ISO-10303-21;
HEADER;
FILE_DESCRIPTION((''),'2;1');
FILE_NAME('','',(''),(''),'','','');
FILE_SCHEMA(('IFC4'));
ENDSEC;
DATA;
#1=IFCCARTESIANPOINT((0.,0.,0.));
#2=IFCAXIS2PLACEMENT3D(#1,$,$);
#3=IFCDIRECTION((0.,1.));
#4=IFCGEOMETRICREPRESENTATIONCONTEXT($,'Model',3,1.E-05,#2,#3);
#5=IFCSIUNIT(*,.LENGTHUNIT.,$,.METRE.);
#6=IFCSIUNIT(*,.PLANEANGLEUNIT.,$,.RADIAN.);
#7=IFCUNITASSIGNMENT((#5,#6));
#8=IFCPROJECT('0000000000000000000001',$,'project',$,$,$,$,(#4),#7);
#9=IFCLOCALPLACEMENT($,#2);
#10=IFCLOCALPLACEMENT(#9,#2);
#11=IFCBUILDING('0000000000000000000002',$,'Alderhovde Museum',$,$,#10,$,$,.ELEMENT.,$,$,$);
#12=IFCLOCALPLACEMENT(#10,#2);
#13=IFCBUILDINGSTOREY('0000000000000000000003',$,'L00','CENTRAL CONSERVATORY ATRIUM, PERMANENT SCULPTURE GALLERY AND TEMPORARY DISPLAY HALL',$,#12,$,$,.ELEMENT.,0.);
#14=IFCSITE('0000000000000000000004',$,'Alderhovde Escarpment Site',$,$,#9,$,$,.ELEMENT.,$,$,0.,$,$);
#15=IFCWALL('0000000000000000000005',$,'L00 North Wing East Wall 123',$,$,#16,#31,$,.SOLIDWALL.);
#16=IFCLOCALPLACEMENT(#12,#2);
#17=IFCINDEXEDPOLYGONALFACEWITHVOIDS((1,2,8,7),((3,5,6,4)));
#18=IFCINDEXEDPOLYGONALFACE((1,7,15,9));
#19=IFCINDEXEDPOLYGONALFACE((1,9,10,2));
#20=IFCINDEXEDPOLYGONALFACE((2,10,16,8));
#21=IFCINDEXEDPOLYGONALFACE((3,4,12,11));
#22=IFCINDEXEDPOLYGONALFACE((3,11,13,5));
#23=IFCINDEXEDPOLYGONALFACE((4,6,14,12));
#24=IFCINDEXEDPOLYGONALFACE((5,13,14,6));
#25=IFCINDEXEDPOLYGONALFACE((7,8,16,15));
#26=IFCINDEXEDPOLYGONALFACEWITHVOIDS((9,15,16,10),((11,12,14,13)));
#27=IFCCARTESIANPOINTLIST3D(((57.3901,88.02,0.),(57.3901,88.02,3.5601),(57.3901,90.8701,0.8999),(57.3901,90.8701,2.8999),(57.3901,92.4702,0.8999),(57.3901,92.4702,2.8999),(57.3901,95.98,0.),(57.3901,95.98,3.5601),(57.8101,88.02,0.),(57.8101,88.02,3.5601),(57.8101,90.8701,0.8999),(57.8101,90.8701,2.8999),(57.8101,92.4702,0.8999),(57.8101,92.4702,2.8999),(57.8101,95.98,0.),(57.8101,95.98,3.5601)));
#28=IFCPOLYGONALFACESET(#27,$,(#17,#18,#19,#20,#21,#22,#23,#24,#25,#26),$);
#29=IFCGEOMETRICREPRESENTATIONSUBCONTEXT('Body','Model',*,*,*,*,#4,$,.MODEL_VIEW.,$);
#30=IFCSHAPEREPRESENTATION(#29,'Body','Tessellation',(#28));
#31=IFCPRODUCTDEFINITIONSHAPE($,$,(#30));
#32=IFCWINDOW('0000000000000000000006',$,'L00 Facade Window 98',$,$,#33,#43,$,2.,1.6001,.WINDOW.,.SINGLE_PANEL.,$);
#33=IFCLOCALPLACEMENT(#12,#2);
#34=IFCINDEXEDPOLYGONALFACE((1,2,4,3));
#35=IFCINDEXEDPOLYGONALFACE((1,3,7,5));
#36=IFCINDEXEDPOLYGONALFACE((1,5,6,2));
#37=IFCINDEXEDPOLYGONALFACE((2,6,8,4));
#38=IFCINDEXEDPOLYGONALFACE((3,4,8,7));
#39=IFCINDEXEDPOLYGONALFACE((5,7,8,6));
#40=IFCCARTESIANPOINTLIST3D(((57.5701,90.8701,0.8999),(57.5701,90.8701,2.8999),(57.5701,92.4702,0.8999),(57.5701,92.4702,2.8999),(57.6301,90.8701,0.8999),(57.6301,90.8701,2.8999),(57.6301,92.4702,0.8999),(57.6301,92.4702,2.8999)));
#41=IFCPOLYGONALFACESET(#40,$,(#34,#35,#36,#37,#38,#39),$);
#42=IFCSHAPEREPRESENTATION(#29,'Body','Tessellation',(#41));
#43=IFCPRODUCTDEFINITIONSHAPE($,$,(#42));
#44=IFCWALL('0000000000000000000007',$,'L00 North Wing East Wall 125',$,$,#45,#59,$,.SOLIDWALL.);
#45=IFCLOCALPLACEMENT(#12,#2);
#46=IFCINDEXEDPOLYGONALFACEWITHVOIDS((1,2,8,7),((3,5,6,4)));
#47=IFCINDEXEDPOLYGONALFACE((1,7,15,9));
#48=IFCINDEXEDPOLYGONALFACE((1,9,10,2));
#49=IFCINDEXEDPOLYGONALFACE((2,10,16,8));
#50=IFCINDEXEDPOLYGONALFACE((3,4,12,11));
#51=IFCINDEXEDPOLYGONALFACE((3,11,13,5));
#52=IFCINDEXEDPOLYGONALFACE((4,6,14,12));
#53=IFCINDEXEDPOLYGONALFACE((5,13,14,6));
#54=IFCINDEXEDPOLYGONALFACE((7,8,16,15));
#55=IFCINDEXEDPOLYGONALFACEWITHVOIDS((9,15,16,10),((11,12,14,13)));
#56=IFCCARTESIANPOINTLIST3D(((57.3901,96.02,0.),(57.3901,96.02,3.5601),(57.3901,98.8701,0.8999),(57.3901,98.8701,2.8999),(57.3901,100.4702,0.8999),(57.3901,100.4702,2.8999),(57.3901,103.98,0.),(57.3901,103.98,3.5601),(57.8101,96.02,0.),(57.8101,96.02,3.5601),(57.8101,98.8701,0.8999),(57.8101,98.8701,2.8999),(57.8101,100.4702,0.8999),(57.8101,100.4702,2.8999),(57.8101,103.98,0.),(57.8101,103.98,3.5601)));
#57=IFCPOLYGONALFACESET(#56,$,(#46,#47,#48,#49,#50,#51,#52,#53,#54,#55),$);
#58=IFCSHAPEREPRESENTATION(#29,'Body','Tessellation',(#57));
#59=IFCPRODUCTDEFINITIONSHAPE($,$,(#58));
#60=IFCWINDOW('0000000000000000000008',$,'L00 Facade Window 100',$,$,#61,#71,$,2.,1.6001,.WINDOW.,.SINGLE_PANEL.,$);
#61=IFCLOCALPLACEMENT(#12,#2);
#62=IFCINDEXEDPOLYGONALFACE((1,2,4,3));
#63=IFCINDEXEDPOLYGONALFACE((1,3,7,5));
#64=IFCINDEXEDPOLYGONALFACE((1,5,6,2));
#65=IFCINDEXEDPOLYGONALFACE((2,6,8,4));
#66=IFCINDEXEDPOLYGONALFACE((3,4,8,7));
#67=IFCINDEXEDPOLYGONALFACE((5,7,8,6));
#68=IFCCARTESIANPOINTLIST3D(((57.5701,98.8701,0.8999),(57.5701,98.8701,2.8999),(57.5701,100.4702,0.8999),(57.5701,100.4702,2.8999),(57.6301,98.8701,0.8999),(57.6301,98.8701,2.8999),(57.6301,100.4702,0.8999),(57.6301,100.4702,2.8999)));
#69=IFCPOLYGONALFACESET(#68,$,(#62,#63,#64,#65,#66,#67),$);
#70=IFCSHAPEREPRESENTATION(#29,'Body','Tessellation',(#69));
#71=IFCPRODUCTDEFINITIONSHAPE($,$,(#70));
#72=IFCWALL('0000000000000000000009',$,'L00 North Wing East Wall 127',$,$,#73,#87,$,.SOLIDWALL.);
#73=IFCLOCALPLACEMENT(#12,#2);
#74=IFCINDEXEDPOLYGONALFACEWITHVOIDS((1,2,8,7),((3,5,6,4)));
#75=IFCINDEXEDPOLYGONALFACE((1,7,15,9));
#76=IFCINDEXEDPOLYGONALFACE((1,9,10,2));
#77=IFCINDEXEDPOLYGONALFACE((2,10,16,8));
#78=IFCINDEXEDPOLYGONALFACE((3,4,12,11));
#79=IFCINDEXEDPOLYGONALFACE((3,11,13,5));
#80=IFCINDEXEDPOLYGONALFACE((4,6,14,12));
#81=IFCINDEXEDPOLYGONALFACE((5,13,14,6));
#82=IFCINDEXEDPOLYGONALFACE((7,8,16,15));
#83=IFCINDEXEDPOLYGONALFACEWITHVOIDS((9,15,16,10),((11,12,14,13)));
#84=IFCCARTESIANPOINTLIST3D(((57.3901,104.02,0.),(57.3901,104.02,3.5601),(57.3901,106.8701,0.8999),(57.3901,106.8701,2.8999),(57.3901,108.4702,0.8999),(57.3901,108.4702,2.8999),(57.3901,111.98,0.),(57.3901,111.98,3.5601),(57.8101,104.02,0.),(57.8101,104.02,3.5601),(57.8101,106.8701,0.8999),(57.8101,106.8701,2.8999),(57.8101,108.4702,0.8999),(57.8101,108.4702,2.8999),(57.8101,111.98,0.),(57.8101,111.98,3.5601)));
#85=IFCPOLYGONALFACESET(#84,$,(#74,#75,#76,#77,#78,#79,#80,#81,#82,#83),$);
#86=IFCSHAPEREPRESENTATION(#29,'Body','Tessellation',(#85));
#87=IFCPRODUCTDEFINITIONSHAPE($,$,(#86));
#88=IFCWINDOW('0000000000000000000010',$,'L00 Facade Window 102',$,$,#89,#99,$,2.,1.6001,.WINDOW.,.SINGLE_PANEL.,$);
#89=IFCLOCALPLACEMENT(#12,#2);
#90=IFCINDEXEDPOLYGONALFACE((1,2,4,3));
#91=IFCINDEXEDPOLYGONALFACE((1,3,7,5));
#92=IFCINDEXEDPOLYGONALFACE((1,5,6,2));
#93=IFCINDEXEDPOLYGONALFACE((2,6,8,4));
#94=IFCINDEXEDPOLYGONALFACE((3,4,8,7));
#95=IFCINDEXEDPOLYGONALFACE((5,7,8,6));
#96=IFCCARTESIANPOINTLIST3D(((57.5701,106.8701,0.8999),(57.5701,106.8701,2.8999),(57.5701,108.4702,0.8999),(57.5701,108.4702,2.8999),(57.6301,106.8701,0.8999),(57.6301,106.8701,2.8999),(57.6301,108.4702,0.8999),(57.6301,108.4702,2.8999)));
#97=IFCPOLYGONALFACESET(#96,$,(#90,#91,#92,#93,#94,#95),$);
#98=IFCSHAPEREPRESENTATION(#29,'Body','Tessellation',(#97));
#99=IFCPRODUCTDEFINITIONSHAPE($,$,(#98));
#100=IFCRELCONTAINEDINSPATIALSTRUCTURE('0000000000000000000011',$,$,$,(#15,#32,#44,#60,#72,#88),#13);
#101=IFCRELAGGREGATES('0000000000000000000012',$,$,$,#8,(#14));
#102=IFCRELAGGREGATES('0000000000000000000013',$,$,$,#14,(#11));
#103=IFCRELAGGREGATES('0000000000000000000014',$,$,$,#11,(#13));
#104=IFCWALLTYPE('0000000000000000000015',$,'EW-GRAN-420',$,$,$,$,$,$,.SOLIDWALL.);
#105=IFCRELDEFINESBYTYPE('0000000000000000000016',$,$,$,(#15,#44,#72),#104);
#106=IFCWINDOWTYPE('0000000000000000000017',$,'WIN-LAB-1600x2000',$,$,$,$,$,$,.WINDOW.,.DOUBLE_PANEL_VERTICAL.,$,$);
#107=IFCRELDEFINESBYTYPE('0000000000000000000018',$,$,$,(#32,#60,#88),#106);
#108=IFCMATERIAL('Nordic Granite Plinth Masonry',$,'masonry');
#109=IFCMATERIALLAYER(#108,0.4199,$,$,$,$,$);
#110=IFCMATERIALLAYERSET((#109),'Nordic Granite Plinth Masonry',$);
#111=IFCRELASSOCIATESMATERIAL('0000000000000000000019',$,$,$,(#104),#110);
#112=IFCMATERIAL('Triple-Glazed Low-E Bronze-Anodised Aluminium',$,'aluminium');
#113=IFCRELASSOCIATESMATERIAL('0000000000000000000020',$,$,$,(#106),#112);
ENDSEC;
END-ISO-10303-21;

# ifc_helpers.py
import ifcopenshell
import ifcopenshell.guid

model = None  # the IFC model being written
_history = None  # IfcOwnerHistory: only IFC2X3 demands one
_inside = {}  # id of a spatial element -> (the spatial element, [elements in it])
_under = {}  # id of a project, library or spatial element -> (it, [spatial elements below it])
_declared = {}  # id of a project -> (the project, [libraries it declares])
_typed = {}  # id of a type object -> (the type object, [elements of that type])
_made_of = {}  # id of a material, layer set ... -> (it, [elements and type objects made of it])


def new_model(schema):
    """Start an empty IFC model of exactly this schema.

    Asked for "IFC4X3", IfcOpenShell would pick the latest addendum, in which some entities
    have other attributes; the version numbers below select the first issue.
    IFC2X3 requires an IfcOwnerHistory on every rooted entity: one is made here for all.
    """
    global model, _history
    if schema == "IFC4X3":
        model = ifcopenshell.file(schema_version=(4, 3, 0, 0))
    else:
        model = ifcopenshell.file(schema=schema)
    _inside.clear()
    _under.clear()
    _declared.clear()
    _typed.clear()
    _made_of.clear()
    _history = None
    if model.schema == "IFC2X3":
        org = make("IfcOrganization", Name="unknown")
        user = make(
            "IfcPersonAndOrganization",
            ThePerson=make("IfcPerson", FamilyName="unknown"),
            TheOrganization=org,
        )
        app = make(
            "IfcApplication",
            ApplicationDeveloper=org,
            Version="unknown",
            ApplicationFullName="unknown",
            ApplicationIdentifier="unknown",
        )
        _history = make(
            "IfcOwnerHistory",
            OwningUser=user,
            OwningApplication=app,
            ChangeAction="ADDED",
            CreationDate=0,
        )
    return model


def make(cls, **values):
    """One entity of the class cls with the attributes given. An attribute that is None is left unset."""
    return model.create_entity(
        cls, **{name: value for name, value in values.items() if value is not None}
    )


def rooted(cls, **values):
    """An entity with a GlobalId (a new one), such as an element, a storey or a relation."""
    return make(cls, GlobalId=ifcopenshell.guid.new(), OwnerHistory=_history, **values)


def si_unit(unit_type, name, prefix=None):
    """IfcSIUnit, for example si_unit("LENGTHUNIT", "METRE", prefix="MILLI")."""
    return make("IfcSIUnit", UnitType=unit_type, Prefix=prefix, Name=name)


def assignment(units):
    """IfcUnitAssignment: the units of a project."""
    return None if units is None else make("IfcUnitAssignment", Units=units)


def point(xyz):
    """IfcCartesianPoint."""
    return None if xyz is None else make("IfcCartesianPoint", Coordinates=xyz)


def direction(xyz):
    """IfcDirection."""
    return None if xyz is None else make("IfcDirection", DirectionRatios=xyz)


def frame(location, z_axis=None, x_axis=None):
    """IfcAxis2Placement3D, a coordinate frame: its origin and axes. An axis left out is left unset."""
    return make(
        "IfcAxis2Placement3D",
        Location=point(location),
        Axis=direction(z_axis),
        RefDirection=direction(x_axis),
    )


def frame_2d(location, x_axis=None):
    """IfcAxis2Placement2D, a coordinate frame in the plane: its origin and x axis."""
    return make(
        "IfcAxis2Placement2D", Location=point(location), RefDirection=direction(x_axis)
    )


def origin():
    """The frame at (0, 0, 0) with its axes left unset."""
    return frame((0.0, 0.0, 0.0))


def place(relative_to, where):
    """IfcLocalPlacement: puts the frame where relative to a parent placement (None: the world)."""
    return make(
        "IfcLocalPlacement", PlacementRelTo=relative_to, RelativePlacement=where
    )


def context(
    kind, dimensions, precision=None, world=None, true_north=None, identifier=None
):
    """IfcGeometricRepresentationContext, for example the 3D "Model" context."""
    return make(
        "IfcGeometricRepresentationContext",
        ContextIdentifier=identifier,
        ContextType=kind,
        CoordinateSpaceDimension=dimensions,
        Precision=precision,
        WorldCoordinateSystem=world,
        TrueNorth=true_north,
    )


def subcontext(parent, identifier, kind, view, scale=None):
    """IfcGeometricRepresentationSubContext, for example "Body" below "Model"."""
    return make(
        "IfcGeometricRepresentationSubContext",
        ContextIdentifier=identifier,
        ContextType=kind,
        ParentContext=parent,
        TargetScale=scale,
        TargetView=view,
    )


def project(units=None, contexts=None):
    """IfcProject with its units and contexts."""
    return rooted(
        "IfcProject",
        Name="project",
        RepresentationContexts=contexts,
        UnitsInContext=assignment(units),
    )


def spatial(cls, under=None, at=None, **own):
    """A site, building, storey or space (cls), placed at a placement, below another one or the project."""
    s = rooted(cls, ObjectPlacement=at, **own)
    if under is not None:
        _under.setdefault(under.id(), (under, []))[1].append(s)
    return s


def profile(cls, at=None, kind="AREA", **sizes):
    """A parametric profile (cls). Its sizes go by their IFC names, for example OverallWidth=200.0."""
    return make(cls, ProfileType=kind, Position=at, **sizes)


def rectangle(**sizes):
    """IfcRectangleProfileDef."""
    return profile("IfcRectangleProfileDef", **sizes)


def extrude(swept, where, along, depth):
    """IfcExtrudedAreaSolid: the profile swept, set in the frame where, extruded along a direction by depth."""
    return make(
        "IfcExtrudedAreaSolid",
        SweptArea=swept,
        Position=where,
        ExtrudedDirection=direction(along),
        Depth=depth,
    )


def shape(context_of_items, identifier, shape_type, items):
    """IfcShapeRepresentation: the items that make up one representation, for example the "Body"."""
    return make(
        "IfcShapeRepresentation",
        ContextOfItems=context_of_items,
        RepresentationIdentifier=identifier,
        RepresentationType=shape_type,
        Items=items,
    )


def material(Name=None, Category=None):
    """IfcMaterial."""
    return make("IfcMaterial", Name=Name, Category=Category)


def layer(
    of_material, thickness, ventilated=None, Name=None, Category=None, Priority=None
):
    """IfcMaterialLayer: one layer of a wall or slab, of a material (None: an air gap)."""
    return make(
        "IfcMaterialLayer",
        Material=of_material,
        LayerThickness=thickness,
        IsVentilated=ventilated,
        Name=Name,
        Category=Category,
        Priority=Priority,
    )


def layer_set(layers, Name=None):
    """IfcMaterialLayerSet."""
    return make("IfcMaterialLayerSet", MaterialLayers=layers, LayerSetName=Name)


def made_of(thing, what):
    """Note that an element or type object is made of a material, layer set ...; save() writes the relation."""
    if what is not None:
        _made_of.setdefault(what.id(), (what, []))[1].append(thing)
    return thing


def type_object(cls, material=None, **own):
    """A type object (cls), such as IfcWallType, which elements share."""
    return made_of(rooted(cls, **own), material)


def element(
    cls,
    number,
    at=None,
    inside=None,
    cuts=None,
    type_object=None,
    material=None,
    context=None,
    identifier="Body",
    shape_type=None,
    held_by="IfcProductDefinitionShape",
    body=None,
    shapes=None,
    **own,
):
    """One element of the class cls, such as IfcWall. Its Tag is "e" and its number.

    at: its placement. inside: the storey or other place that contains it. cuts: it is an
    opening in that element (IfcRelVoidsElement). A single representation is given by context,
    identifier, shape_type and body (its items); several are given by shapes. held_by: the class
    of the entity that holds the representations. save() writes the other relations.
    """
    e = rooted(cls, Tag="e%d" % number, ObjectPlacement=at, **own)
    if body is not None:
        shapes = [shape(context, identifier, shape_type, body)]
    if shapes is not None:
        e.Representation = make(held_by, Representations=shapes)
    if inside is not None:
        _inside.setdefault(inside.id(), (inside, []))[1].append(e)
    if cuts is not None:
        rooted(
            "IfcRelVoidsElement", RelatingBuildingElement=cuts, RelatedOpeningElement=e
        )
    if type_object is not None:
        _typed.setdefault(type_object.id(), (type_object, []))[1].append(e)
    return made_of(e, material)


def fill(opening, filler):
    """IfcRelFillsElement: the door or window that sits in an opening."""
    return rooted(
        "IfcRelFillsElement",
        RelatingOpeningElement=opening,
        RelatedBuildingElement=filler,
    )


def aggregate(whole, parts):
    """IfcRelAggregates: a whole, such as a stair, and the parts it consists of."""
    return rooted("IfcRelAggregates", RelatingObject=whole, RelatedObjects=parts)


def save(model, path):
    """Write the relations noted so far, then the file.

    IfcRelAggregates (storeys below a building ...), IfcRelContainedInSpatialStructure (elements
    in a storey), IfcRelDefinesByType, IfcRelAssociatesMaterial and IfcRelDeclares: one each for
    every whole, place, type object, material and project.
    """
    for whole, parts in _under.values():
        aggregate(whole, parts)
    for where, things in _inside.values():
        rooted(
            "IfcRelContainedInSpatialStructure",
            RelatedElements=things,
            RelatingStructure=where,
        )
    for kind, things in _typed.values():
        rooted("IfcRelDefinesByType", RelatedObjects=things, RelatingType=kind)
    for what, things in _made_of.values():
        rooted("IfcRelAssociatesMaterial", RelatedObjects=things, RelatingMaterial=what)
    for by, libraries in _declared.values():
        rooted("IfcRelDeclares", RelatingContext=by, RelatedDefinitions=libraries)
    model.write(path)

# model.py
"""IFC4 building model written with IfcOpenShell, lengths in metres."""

from ifc_helpers import new_model, si_unit, direction, frame, frame_2d, origin, place, context, subcontext, project, spatial, rectangle, extrude, material, layer, layer_set, type_object, element, fill, save


model = new_model("IFC4")

# Units and contexts
model_context = context("Model", 3, precision=1e-05, world=origin(), true_north=direction((0.0, 1.0)))
body_context = subcontext(model_context, "Body", "Model", "MODEL_VIEW")
ifc_project = project(units=[si_unit("LENGTHUNIT", "METRE"), si_unit("PLANEANGLEUNIT", "RADIAN")], contexts=[model_context])

# Site, building, storey
site_placement = place(None, origin())
site = spatial("IfcSite", under=ifc_project, at=site_placement, Name="Alderhovde Escarpment Site", CompositionType="ELEMENT", RefElevation=0.0)
building_placement = place(site_placement, origin())
building = spatial("IfcBuilding", under=site, at=building_placement, Name="Alderhovde Museum", CompositionType="ELEMENT")
storey_placement = place(building_placement, origin())
storey = spatial("IfcBuildingStorey", under=building, at=storey_placement, Name="L00", Description="CENTRAL CONSERVATORY ATRIUM, PERMANENT SCULPTURE GALLERY AND TEMPORARY DISPLAY HALL", CompositionType="ELEMENT", Elevation=0.0)

# Walls, openings, windows
ifc_material_1 = material(Name="Nordic Granite Plinth Masonry", Category="masonry")
ifc_layer_1 = layer(ifc_material_1, 0.4199)
ifc_layer_set_1 = layer_set([ifc_layer_1], Name="Nordic Granite Plinth Masonry")
wall_type = type_object("IfcWallType", Name="EW-GRAN-420", PredefinedType="SOLIDWALL", material=ifc_layer_set_1)
wall_1_placement = place(storey_placement, frame((57.6001, 88.02, 0.0), z_axis=(0.0, 0.0, 1.0), x_axis=(0.0, 1.0, 0.0)))
wall_1 = element("IfcWall", 1, at=wall_1_placement, inside=storey, type_object=wall_type, Name="L00 North Wing East Wall 123", PredefinedType="SOLIDWALL", context=body_context, shape_type="SweptSolid", body=[
    extrude(rectangle(XDim=7.96, YDim=0.4199, at=frame_2d((3.98, 0.0))), origin(), (0.0, 0.0, 1.0), 3.5601),
])
opening_1_placement = place(wall_1_placement, frame((2.8501, 0.0, 0.8999)))
opening_1 = element("IfcOpeningElement", 2, at=opening_1_placement, cuts=wall_1, PredefinedType="OPENING", context=body_context, shape_type="SweptSolid", body=[
    extrude(rectangle(XDim=1.6001, YDim=2.0, at=frame_2d((0.8, 1.0))), frame((0.0, 0.22, 0.0), z_axis=(0.0, -1.0, 0.0), x_axis=(1.0, 0.0, 0.0)), (0.0, 0.0, 1.0), 0.4399),
])
ifc_material_2 = material(Name="Triple-Glazed Low-E Bronze-Anodised Aluminium", Category="aluminium")
window_type = type_object("IfcWindowType", Name="WIN-LAB-1600x2000", PartitioningType="DOUBLE_PANEL_VERTICAL", PredefinedType="WINDOW", material=ifc_material_2)
window_1_placement = place(opening_1_placement, origin())
window_1 = element("IfcWindow", 3, at=window_1_placement, inside=storey, type_object=window_type, Name="L00 Facade Window 98", OverallHeight=2.0, OverallWidth=1.6001, PartitioningType="SINGLE_PANEL", PredefinedType="WINDOW", context=body_context, shape_type="SweptSolid", body=[
    extrude(rectangle(XDim=1.6001, YDim=2.0, at=frame_2d((0.8, 1.0))), frame((0.0, 0.03, 0.0), z_axis=(0.0, -1.0, 0.0), x_axis=(1.0, 0.0, 0.0)), (0.0, 0.0, 1.0), 0.0601),
])
fill(opening_1, window_1)
wall_2_placement = place(storey_placement, frame((57.6001, 96.02, 0.0), z_axis=(0.0, 0.0, 1.0), x_axis=(0.0, 1.0, 0.0)))
wall_2 = element("IfcWall", 4, at=wall_2_placement, inside=storey, type_object=wall_type, Name="L00 North Wing East Wall 125", PredefinedType="SOLIDWALL", context=body_context, shape_type="SweptSolid", body=[
    extrude(rectangle(XDim=7.96, YDim=0.4199, at=frame_2d((3.98, 0.0))), origin(), (0.0, 0.0, 1.0), 3.5601),
])
opening_2_placement = place(wall_2_placement, frame((2.8501, 0.0, 0.8999)))
opening_2 = element("IfcOpeningElement", 5, at=opening_2_placement, cuts=wall_2, PredefinedType="OPENING", context=body_context, shape_type="SweptSolid", body=[
    extrude(rectangle(XDim=1.6001, YDim=2.0, at=frame_2d((0.8, 1.0))), frame((0.0, 0.22, 0.0), z_axis=(0.0, -1.0, 0.0), x_axis=(1.0, 0.0, 0.0)), (0.0, 0.0, 1.0), 0.4399),
])
window_2_placement = place(opening_2_placement, origin())
window_2 = element("IfcWindow", 6, at=window_2_placement, inside=storey, type_object=window_type, Name="L00 Facade Window 100", OverallHeight=2.0, OverallWidth=1.6001, PartitioningType="SINGLE_PANEL", PredefinedType="WINDOW", context=body_context, shape_type="SweptSolid", body=[
    extrude(rectangle(XDim=1.6001, YDim=2.0, at=frame_2d((0.8, 1.0))), frame((0.0, 0.03, 0.0), z_axis=(0.0, -1.0, 0.0), x_axis=(1.0, 0.0, 0.0)), (0.0, 0.0, 1.0), 0.0601),
])
fill(opening_2, window_2)
wall_3_placement = place(storey_placement, frame((57.6001, 104.02, 0.0), z_axis=(0.0, 0.0, 1.0), x_axis=(0.0, 1.0, 0.0)))
wall_3 = element("IfcWall", 7, at=wall_3_placement, inside=storey, type_object=wall_type, Name="L00 North Wing East Wall 127", PredefinedType="SOLIDWALL", context=body_context, shape_type="SweptSolid", body=[
    extrude(rectangle(XDim=7.96, YDim=0.4199, at=frame_2d((3.98, 0.0))), origin(), (0.0, 0.0, 1.0), 3.5601),
])
opening_3_placement = place(wall_3_placement, frame((2.8501, 0.0, 0.8999)))
opening_3 = element("IfcOpeningElement", 8, at=opening_3_placement, cuts=wall_3, PredefinedType="OPENING", context=body_context, shape_type="SweptSolid", body=[
    extrude(rectangle(XDim=1.6001, YDim=2.0, at=frame_2d((0.8, 1.0))), frame((0.0, 0.22, 0.0), z_axis=(0.0, -1.0, 0.0), x_axis=(1.0, 0.0, 0.0)), (0.0, 0.0, 1.0), 0.4399),
])
window_3_placement = place(opening_3_placement, origin())
window_3 = element("IfcWindow", 9, at=window_3_placement, inside=storey, type_object=window_type, Name="L00 Facade Window 102", OverallHeight=2.0, OverallWidth=1.6001, PartitioningType="SINGLE_PANEL", PredefinedType="WINDOW", context=body_context, shape_type="SweptSolid", body=[
    extrude(rectangle(XDim=1.6001, YDim=2.0, at=frame_2d((0.8, 1.0))), frame((0.0, 0.03, 0.0), z_axis=(0.0, -1.0, 0.0), x_axis=(1.0, 0.0, 0.0)), (0.0, 0.0, 1.0), 0.0601),
])
fill(opening_3, window_3)

save(model, "model.ifc")
